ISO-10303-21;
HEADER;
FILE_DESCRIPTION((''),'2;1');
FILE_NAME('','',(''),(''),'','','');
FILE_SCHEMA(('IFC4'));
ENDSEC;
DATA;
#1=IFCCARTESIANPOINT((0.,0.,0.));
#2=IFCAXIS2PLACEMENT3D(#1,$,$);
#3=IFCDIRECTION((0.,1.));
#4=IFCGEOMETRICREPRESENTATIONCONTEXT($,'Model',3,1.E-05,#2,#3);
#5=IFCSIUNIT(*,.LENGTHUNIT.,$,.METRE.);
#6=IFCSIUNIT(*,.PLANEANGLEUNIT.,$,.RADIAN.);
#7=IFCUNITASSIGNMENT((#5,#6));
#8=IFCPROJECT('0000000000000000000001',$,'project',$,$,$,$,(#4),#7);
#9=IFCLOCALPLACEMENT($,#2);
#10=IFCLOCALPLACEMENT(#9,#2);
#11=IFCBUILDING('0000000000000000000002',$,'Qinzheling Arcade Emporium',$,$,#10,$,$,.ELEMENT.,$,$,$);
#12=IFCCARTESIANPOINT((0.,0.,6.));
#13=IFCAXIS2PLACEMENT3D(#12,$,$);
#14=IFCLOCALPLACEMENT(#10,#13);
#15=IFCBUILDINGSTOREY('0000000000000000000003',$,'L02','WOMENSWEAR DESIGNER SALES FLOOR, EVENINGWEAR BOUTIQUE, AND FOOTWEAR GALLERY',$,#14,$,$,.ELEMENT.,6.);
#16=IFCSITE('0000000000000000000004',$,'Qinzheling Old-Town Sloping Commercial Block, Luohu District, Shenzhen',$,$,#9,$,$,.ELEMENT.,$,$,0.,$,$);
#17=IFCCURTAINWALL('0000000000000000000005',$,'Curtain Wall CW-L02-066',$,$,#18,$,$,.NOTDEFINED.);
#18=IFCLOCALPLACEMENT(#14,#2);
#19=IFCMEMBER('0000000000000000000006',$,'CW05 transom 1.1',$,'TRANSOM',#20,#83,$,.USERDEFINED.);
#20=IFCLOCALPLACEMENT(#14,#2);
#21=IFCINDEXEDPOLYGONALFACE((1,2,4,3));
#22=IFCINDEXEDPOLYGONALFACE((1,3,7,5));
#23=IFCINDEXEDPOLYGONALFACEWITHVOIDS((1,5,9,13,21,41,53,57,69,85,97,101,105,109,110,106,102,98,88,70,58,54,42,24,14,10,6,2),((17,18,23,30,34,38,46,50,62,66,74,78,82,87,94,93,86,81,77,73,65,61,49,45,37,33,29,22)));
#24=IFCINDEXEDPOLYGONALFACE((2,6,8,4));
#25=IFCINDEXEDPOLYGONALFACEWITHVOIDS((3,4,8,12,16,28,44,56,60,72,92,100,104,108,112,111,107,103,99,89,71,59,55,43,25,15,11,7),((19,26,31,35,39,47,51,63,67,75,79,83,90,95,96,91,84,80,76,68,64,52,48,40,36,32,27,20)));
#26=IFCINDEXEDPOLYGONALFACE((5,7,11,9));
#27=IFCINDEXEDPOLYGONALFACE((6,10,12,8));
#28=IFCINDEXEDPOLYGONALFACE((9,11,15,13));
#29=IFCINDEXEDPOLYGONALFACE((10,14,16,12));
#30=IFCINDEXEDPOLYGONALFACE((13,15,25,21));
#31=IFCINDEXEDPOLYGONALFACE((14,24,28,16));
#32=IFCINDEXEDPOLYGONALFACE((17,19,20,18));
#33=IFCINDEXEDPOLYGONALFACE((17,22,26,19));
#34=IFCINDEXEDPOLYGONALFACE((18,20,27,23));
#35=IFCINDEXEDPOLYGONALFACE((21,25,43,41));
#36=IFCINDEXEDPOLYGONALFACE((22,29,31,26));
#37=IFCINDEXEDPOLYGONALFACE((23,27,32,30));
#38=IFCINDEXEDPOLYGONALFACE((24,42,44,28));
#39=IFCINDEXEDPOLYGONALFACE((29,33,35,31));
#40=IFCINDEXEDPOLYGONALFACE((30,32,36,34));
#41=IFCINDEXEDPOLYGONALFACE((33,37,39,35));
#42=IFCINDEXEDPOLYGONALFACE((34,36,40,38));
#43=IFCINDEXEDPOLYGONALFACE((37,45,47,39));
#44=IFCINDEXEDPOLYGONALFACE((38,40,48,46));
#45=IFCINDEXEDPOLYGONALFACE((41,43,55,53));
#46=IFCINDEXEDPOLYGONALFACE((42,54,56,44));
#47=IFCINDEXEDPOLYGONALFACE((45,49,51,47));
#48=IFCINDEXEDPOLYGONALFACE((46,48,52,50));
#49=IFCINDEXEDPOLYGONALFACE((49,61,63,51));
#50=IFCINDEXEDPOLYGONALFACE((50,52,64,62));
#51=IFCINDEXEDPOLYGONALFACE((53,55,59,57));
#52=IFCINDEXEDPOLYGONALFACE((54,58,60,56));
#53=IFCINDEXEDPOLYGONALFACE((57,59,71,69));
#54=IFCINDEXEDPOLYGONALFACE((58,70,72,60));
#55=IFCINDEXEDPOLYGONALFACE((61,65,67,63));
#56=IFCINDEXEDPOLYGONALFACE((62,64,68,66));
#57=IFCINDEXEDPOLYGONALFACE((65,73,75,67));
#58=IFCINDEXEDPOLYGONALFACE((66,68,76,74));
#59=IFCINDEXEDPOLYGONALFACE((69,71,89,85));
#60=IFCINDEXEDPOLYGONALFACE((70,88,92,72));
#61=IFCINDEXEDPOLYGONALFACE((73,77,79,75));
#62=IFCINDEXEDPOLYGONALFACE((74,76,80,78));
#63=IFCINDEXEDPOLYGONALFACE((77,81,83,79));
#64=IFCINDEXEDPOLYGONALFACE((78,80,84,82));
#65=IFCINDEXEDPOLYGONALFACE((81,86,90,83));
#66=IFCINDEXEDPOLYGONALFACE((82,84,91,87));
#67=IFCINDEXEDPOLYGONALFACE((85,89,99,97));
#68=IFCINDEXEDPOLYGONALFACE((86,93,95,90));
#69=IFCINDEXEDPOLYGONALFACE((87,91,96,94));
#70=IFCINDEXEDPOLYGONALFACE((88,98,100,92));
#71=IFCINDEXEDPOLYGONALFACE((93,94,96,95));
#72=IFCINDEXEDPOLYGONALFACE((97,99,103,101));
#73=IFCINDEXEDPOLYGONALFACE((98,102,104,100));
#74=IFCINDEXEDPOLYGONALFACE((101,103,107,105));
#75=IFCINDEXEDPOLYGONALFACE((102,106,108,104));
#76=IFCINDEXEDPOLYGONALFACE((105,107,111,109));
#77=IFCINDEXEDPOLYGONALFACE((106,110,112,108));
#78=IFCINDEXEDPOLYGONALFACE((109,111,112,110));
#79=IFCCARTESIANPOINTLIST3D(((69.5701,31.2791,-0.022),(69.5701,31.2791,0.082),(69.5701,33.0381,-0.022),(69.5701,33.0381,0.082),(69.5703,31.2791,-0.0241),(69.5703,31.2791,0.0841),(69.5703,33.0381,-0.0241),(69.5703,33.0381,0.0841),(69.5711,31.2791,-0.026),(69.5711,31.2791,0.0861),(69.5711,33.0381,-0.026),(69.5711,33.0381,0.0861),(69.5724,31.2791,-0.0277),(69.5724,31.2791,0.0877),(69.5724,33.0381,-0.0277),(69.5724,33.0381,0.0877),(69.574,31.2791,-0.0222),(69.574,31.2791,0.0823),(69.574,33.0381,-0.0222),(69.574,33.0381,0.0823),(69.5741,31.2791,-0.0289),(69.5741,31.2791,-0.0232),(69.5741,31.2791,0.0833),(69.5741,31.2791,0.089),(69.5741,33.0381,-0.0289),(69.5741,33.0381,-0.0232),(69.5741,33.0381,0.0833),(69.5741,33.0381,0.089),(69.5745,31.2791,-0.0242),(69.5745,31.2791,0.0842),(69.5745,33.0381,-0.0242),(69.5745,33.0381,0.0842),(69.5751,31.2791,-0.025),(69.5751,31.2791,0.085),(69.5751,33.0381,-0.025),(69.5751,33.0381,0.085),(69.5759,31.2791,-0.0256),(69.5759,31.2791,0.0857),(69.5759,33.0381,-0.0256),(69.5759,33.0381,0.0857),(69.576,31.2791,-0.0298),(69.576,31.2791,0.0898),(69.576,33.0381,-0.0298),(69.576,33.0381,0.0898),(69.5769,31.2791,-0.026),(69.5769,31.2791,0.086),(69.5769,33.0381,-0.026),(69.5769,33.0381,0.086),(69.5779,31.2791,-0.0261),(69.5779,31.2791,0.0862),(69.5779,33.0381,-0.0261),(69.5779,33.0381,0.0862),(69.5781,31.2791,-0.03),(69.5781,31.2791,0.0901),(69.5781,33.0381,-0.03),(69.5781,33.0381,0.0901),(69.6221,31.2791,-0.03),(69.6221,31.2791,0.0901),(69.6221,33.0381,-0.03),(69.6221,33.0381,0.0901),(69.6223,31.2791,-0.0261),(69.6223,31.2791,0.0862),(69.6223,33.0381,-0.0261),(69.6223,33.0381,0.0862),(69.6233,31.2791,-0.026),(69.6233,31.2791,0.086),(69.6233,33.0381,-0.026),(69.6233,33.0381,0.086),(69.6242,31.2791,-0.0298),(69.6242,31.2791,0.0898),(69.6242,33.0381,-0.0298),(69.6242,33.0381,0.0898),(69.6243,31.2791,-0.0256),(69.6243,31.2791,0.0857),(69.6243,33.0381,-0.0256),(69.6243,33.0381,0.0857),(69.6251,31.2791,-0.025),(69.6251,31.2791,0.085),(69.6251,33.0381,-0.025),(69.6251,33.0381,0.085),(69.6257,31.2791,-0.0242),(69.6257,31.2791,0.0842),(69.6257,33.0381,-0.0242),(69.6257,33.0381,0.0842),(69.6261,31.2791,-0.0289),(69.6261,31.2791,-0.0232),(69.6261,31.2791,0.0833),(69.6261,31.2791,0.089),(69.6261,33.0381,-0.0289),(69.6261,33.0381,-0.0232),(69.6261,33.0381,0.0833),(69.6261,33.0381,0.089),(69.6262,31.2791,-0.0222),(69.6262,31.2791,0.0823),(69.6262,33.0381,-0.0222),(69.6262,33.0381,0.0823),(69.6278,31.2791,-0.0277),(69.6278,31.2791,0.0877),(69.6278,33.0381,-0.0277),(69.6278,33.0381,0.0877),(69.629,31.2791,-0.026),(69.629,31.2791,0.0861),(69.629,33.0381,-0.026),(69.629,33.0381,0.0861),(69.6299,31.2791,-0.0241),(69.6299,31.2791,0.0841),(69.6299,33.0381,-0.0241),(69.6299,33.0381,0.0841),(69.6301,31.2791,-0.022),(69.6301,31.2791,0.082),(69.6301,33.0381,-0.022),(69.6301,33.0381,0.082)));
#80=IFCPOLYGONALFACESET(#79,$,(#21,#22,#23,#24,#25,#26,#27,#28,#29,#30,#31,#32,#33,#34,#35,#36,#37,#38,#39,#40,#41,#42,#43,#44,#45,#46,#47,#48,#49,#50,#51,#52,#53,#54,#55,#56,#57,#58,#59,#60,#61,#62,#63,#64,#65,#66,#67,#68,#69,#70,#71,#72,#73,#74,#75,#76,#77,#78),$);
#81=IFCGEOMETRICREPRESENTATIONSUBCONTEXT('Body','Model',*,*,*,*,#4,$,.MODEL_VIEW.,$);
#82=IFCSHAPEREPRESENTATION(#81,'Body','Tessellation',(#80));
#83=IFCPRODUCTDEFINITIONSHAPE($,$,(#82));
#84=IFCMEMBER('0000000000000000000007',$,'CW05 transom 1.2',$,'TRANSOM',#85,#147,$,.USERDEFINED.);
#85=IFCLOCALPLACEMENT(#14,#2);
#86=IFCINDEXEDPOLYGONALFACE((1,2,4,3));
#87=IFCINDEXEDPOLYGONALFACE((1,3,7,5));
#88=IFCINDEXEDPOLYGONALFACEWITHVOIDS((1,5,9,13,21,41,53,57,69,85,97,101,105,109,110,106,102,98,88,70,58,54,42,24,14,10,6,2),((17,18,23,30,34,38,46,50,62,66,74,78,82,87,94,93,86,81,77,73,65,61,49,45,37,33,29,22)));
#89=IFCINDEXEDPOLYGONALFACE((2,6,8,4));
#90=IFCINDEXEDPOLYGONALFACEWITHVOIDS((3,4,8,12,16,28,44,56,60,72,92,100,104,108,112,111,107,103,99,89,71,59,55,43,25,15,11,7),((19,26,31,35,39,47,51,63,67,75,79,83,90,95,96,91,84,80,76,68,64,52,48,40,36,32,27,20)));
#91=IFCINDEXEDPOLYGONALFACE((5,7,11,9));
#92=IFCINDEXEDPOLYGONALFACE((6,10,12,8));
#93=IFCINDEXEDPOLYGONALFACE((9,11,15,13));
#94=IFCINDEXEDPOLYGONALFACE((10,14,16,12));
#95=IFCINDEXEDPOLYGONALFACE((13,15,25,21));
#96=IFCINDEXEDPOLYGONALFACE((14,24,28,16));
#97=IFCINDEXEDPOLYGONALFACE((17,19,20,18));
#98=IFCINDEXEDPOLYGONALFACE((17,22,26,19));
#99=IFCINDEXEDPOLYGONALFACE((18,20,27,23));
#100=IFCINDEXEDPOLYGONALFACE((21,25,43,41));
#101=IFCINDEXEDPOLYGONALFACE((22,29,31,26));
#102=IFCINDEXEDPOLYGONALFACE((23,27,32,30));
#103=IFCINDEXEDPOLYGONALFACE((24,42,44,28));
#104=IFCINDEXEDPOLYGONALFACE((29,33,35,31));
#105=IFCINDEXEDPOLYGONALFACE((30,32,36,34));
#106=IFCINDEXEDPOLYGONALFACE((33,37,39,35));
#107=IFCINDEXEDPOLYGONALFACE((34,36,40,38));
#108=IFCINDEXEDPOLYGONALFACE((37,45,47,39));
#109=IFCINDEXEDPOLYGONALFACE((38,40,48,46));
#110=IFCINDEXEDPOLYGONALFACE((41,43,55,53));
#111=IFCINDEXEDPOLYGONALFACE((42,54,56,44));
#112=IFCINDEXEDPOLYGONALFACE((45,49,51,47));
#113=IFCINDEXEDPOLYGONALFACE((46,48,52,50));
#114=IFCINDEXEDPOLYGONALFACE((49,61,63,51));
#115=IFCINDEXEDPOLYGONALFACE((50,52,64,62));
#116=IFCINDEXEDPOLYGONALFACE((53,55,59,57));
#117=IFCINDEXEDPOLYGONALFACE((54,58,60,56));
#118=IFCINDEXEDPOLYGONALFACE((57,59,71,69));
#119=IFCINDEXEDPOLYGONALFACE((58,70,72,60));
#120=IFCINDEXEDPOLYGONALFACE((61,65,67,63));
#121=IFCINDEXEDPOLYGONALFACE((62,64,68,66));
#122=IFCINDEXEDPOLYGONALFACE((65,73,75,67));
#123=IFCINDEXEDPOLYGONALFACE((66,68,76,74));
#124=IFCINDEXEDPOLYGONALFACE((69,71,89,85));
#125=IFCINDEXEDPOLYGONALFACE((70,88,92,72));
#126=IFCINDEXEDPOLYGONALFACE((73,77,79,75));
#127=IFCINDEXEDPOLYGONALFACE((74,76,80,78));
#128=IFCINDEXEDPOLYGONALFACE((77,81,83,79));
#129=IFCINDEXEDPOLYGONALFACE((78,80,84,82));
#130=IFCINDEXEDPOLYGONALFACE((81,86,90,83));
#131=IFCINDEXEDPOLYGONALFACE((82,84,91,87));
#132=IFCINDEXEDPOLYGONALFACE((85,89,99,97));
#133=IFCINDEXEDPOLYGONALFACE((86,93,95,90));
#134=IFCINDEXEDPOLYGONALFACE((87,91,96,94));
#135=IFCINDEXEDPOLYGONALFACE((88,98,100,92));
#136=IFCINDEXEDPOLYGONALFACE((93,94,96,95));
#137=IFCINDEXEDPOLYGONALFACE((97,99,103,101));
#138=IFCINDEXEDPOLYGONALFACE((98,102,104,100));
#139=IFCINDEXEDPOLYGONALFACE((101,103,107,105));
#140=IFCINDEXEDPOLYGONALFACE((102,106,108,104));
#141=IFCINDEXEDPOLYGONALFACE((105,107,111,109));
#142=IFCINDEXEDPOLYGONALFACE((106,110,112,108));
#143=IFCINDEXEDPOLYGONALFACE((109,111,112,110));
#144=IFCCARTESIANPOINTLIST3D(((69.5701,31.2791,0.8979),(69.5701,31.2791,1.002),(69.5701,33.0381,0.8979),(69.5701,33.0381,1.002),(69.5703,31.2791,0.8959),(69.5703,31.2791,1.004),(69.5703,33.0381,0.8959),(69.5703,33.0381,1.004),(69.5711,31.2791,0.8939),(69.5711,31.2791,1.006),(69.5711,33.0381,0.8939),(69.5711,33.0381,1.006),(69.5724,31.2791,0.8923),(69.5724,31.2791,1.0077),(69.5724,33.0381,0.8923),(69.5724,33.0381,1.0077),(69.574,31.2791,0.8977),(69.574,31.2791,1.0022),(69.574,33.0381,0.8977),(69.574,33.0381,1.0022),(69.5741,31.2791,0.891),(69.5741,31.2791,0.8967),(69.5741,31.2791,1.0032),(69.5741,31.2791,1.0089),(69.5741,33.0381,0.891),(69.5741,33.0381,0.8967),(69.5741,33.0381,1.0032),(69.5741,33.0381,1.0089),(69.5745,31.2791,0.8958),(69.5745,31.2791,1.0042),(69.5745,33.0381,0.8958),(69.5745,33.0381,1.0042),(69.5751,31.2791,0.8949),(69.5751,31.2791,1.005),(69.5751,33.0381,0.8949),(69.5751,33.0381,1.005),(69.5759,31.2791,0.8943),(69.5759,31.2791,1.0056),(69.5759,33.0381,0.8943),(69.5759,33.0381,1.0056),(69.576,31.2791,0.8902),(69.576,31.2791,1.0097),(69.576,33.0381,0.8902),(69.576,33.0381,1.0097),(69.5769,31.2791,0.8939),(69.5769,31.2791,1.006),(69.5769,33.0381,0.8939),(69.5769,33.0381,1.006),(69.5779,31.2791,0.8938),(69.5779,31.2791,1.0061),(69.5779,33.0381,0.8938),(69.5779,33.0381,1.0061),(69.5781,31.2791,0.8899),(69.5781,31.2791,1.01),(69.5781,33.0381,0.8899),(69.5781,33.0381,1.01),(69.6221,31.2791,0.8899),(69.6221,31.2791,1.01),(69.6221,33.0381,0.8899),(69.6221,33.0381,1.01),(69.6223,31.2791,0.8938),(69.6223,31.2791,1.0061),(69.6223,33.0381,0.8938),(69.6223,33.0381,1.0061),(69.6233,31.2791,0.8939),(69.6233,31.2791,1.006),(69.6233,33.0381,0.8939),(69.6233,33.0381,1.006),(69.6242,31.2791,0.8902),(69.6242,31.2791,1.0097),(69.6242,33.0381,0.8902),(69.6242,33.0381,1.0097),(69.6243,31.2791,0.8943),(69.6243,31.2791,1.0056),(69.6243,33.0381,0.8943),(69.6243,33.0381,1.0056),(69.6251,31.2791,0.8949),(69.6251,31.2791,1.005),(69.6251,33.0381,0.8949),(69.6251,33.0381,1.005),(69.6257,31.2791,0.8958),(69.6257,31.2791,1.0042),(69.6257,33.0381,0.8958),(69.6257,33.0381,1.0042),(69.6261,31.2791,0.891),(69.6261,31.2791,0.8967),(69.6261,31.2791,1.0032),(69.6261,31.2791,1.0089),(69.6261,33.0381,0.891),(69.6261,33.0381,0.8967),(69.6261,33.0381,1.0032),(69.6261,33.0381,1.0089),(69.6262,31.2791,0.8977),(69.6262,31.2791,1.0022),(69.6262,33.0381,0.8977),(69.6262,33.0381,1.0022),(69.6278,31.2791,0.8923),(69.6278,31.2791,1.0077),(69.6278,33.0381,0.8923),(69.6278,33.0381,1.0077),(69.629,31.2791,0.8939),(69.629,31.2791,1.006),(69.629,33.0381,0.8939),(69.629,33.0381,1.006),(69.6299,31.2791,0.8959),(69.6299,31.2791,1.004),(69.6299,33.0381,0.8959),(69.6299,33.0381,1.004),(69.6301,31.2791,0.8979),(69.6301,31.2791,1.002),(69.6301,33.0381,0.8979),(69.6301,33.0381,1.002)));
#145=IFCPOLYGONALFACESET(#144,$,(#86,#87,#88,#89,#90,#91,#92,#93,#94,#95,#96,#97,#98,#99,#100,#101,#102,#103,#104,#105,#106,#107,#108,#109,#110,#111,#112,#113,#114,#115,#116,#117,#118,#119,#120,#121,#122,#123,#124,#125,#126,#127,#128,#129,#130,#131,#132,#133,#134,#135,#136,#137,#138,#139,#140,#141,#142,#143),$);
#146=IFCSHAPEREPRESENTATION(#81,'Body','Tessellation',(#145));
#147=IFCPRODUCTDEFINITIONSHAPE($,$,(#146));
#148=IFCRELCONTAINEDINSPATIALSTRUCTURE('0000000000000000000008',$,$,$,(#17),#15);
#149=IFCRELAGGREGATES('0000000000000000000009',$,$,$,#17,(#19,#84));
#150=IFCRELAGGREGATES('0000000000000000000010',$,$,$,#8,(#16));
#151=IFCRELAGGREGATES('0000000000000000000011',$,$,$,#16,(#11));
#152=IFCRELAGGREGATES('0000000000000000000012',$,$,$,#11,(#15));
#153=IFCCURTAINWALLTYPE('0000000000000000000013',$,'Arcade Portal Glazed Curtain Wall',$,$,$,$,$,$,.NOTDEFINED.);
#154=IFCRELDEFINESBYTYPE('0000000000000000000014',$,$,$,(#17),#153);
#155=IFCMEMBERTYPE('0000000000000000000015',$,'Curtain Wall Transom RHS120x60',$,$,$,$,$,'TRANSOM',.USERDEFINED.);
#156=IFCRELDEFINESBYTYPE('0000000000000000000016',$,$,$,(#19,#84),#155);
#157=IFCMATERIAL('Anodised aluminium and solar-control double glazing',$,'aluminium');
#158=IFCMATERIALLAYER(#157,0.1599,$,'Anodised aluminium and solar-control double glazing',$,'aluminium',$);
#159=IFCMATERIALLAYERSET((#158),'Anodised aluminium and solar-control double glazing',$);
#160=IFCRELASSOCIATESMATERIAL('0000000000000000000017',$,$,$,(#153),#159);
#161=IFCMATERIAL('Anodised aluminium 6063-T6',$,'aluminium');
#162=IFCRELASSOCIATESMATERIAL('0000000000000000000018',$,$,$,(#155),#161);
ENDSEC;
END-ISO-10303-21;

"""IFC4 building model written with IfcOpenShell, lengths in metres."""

from ifc_helpers import new_model, si_unit, direction, frame, origin, origin_2d, place, context, subcontext, project, spatial, hollow_rectangle, extrude, material, layer, layer_set, material_profile, profile_set, type_object, element, aggregate, save


model = new_model("IFC4")

# Units and contexts
model_context = context("Model", 3, precision=1e-05, world=origin(), true_north=direction((0.0, 1.0)))
body_context = subcontext(model_context, "Body", "Model", "MODEL_VIEW")
ifc_project = project(units=[si_unit("LENGTHUNIT", "METRE"), si_unit("PLANEANGLEUNIT", "RADIAN")], contexts=[model_context])

# Site, building, storey
site_placement = place(None, origin())
site = spatial("IfcSite", under=ifc_project, at=site_placement, Name="Qinzheling Old-Town Sloping Commercial Block, Luohu District, Shenzhen", CompositionType="ELEMENT", RefElevation=0.0)
building_placement = place(site_placement, origin())
building = spatial("IfcBuilding", under=site, at=building_placement, Name="Qinzheling Arcade Emporium", CompositionType="ELEMENT")
storey_placement = place(building_placement, frame((0.0, 0.0, 6.0)))
storey = spatial("IfcBuildingStorey", under=building, at=storey_placement, Name="L02", Description="WOMENSWEAR DESIGNER SALES FLOOR, EVENINGWEAR BOUTIQUE, AND FOOTWEAR GALLERY", CompositionType="ELEMENT", Elevation=6.0)

# Curtain wall, members
ifc_material_1 = material(Name="Anodised aluminium and solar-control double glazing", Category="aluminium")
ifc_layer_1 = layer(ifc_material_1, 0.1599, Name="Anodised aluminium and solar-control double glazing", Category="aluminium")
ifc_layer_set_1 = layer_set([ifc_layer_1], Name="Anodised aluminium and solar-control double glazing")
curtain_wall_type = type_object("IfcCurtainWallType", Name="Arcade Portal Glazed Curtain Wall", PredefinedType="NOTDEFINED", material=ifc_layer_set_1)
curtain_wall_placement = place(storey_placement, origin())
curtain_wall = element("IfcCurtainWall", 1, at=curtain_wall_placement, inside=storey, type_object=curtain_wall_type, Name="Curtain Wall CW-L02-066", PredefinedType="NOTDEFINED")
ifc_material_2 = material(Name="Anodised aluminium 6063-T6", Category="aluminium")
ifc_material_profile_1 = material_profile(ifc_material_2, hollow_rectangle(XDim=0.0601, YDim=0.1201, WallThickness=0.0039, InnerFilletRadius=0.0039, OuterFilletRadius=0.0081, at=origin_2d()), Name="RHS 120x60x4", Category="aluminium")
ifc_profile_set_1 = profile_set([ifc_material_profile_1], Name="Anodised aluminium 6063-T6")
member_type_1 = type_object("IfcMemberType", Name="Curtain Wall Transom RHS120x60", ElementType="TRANSOM", PredefinedType="USERDEFINED", material=ifc_profile_set_1)
member_1_placement = place(storey_placement, frame((69.6001, 33.0381, 0.03), z_axis=(0.0, -1.0, 0.0), x_axis=(1.0, 0.0, 0.0)))
member_1 = element("IfcMember", 2, at=member_1_placement, type_object=member_type_1, Name="CW05 transom 1.1", ObjectType="TRANSOM", PredefinedType="USERDEFINED", context=body_context, shape_type="SweptSolid", body=[
    extrude(hollow_rectangle(XDim=0.0601, YDim=0.1201, WallThickness=0.0039, InnerFilletRadius=0.0039, OuterFilletRadius=0.0081, at=origin_2d()), origin(), (0.0, 0.0, 1.0), 1.759),
])
member_2_placement = place(storey_placement, frame((69.6001, 33.0381, 0.95), z_axis=(0.0, -1.0, 0.0), x_axis=(1.0, 0.0, 0.0)))
member_2 = element("IfcMember", 3, at=member_2_placement, type_object=member_type_1, Name="CW05 transom 1.2", ObjectType="TRANSOM", PredefinedType="USERDEFINED", context=body_context, shape_type="SweptSolid", body=[
    extrude(hollow_rectangle(XDim=0.0601, YDim=0.1201, WallThickness=0.0039, InnerFilletRadius=0.0039, OuterFilletRadius=0.0081, at=origin_2d()), origin(), (0.0, 0.0, 1.0), 1.759),
])
aggregate(curtain_wall, [member_1, member_2])

save(model, "model.ifc")
